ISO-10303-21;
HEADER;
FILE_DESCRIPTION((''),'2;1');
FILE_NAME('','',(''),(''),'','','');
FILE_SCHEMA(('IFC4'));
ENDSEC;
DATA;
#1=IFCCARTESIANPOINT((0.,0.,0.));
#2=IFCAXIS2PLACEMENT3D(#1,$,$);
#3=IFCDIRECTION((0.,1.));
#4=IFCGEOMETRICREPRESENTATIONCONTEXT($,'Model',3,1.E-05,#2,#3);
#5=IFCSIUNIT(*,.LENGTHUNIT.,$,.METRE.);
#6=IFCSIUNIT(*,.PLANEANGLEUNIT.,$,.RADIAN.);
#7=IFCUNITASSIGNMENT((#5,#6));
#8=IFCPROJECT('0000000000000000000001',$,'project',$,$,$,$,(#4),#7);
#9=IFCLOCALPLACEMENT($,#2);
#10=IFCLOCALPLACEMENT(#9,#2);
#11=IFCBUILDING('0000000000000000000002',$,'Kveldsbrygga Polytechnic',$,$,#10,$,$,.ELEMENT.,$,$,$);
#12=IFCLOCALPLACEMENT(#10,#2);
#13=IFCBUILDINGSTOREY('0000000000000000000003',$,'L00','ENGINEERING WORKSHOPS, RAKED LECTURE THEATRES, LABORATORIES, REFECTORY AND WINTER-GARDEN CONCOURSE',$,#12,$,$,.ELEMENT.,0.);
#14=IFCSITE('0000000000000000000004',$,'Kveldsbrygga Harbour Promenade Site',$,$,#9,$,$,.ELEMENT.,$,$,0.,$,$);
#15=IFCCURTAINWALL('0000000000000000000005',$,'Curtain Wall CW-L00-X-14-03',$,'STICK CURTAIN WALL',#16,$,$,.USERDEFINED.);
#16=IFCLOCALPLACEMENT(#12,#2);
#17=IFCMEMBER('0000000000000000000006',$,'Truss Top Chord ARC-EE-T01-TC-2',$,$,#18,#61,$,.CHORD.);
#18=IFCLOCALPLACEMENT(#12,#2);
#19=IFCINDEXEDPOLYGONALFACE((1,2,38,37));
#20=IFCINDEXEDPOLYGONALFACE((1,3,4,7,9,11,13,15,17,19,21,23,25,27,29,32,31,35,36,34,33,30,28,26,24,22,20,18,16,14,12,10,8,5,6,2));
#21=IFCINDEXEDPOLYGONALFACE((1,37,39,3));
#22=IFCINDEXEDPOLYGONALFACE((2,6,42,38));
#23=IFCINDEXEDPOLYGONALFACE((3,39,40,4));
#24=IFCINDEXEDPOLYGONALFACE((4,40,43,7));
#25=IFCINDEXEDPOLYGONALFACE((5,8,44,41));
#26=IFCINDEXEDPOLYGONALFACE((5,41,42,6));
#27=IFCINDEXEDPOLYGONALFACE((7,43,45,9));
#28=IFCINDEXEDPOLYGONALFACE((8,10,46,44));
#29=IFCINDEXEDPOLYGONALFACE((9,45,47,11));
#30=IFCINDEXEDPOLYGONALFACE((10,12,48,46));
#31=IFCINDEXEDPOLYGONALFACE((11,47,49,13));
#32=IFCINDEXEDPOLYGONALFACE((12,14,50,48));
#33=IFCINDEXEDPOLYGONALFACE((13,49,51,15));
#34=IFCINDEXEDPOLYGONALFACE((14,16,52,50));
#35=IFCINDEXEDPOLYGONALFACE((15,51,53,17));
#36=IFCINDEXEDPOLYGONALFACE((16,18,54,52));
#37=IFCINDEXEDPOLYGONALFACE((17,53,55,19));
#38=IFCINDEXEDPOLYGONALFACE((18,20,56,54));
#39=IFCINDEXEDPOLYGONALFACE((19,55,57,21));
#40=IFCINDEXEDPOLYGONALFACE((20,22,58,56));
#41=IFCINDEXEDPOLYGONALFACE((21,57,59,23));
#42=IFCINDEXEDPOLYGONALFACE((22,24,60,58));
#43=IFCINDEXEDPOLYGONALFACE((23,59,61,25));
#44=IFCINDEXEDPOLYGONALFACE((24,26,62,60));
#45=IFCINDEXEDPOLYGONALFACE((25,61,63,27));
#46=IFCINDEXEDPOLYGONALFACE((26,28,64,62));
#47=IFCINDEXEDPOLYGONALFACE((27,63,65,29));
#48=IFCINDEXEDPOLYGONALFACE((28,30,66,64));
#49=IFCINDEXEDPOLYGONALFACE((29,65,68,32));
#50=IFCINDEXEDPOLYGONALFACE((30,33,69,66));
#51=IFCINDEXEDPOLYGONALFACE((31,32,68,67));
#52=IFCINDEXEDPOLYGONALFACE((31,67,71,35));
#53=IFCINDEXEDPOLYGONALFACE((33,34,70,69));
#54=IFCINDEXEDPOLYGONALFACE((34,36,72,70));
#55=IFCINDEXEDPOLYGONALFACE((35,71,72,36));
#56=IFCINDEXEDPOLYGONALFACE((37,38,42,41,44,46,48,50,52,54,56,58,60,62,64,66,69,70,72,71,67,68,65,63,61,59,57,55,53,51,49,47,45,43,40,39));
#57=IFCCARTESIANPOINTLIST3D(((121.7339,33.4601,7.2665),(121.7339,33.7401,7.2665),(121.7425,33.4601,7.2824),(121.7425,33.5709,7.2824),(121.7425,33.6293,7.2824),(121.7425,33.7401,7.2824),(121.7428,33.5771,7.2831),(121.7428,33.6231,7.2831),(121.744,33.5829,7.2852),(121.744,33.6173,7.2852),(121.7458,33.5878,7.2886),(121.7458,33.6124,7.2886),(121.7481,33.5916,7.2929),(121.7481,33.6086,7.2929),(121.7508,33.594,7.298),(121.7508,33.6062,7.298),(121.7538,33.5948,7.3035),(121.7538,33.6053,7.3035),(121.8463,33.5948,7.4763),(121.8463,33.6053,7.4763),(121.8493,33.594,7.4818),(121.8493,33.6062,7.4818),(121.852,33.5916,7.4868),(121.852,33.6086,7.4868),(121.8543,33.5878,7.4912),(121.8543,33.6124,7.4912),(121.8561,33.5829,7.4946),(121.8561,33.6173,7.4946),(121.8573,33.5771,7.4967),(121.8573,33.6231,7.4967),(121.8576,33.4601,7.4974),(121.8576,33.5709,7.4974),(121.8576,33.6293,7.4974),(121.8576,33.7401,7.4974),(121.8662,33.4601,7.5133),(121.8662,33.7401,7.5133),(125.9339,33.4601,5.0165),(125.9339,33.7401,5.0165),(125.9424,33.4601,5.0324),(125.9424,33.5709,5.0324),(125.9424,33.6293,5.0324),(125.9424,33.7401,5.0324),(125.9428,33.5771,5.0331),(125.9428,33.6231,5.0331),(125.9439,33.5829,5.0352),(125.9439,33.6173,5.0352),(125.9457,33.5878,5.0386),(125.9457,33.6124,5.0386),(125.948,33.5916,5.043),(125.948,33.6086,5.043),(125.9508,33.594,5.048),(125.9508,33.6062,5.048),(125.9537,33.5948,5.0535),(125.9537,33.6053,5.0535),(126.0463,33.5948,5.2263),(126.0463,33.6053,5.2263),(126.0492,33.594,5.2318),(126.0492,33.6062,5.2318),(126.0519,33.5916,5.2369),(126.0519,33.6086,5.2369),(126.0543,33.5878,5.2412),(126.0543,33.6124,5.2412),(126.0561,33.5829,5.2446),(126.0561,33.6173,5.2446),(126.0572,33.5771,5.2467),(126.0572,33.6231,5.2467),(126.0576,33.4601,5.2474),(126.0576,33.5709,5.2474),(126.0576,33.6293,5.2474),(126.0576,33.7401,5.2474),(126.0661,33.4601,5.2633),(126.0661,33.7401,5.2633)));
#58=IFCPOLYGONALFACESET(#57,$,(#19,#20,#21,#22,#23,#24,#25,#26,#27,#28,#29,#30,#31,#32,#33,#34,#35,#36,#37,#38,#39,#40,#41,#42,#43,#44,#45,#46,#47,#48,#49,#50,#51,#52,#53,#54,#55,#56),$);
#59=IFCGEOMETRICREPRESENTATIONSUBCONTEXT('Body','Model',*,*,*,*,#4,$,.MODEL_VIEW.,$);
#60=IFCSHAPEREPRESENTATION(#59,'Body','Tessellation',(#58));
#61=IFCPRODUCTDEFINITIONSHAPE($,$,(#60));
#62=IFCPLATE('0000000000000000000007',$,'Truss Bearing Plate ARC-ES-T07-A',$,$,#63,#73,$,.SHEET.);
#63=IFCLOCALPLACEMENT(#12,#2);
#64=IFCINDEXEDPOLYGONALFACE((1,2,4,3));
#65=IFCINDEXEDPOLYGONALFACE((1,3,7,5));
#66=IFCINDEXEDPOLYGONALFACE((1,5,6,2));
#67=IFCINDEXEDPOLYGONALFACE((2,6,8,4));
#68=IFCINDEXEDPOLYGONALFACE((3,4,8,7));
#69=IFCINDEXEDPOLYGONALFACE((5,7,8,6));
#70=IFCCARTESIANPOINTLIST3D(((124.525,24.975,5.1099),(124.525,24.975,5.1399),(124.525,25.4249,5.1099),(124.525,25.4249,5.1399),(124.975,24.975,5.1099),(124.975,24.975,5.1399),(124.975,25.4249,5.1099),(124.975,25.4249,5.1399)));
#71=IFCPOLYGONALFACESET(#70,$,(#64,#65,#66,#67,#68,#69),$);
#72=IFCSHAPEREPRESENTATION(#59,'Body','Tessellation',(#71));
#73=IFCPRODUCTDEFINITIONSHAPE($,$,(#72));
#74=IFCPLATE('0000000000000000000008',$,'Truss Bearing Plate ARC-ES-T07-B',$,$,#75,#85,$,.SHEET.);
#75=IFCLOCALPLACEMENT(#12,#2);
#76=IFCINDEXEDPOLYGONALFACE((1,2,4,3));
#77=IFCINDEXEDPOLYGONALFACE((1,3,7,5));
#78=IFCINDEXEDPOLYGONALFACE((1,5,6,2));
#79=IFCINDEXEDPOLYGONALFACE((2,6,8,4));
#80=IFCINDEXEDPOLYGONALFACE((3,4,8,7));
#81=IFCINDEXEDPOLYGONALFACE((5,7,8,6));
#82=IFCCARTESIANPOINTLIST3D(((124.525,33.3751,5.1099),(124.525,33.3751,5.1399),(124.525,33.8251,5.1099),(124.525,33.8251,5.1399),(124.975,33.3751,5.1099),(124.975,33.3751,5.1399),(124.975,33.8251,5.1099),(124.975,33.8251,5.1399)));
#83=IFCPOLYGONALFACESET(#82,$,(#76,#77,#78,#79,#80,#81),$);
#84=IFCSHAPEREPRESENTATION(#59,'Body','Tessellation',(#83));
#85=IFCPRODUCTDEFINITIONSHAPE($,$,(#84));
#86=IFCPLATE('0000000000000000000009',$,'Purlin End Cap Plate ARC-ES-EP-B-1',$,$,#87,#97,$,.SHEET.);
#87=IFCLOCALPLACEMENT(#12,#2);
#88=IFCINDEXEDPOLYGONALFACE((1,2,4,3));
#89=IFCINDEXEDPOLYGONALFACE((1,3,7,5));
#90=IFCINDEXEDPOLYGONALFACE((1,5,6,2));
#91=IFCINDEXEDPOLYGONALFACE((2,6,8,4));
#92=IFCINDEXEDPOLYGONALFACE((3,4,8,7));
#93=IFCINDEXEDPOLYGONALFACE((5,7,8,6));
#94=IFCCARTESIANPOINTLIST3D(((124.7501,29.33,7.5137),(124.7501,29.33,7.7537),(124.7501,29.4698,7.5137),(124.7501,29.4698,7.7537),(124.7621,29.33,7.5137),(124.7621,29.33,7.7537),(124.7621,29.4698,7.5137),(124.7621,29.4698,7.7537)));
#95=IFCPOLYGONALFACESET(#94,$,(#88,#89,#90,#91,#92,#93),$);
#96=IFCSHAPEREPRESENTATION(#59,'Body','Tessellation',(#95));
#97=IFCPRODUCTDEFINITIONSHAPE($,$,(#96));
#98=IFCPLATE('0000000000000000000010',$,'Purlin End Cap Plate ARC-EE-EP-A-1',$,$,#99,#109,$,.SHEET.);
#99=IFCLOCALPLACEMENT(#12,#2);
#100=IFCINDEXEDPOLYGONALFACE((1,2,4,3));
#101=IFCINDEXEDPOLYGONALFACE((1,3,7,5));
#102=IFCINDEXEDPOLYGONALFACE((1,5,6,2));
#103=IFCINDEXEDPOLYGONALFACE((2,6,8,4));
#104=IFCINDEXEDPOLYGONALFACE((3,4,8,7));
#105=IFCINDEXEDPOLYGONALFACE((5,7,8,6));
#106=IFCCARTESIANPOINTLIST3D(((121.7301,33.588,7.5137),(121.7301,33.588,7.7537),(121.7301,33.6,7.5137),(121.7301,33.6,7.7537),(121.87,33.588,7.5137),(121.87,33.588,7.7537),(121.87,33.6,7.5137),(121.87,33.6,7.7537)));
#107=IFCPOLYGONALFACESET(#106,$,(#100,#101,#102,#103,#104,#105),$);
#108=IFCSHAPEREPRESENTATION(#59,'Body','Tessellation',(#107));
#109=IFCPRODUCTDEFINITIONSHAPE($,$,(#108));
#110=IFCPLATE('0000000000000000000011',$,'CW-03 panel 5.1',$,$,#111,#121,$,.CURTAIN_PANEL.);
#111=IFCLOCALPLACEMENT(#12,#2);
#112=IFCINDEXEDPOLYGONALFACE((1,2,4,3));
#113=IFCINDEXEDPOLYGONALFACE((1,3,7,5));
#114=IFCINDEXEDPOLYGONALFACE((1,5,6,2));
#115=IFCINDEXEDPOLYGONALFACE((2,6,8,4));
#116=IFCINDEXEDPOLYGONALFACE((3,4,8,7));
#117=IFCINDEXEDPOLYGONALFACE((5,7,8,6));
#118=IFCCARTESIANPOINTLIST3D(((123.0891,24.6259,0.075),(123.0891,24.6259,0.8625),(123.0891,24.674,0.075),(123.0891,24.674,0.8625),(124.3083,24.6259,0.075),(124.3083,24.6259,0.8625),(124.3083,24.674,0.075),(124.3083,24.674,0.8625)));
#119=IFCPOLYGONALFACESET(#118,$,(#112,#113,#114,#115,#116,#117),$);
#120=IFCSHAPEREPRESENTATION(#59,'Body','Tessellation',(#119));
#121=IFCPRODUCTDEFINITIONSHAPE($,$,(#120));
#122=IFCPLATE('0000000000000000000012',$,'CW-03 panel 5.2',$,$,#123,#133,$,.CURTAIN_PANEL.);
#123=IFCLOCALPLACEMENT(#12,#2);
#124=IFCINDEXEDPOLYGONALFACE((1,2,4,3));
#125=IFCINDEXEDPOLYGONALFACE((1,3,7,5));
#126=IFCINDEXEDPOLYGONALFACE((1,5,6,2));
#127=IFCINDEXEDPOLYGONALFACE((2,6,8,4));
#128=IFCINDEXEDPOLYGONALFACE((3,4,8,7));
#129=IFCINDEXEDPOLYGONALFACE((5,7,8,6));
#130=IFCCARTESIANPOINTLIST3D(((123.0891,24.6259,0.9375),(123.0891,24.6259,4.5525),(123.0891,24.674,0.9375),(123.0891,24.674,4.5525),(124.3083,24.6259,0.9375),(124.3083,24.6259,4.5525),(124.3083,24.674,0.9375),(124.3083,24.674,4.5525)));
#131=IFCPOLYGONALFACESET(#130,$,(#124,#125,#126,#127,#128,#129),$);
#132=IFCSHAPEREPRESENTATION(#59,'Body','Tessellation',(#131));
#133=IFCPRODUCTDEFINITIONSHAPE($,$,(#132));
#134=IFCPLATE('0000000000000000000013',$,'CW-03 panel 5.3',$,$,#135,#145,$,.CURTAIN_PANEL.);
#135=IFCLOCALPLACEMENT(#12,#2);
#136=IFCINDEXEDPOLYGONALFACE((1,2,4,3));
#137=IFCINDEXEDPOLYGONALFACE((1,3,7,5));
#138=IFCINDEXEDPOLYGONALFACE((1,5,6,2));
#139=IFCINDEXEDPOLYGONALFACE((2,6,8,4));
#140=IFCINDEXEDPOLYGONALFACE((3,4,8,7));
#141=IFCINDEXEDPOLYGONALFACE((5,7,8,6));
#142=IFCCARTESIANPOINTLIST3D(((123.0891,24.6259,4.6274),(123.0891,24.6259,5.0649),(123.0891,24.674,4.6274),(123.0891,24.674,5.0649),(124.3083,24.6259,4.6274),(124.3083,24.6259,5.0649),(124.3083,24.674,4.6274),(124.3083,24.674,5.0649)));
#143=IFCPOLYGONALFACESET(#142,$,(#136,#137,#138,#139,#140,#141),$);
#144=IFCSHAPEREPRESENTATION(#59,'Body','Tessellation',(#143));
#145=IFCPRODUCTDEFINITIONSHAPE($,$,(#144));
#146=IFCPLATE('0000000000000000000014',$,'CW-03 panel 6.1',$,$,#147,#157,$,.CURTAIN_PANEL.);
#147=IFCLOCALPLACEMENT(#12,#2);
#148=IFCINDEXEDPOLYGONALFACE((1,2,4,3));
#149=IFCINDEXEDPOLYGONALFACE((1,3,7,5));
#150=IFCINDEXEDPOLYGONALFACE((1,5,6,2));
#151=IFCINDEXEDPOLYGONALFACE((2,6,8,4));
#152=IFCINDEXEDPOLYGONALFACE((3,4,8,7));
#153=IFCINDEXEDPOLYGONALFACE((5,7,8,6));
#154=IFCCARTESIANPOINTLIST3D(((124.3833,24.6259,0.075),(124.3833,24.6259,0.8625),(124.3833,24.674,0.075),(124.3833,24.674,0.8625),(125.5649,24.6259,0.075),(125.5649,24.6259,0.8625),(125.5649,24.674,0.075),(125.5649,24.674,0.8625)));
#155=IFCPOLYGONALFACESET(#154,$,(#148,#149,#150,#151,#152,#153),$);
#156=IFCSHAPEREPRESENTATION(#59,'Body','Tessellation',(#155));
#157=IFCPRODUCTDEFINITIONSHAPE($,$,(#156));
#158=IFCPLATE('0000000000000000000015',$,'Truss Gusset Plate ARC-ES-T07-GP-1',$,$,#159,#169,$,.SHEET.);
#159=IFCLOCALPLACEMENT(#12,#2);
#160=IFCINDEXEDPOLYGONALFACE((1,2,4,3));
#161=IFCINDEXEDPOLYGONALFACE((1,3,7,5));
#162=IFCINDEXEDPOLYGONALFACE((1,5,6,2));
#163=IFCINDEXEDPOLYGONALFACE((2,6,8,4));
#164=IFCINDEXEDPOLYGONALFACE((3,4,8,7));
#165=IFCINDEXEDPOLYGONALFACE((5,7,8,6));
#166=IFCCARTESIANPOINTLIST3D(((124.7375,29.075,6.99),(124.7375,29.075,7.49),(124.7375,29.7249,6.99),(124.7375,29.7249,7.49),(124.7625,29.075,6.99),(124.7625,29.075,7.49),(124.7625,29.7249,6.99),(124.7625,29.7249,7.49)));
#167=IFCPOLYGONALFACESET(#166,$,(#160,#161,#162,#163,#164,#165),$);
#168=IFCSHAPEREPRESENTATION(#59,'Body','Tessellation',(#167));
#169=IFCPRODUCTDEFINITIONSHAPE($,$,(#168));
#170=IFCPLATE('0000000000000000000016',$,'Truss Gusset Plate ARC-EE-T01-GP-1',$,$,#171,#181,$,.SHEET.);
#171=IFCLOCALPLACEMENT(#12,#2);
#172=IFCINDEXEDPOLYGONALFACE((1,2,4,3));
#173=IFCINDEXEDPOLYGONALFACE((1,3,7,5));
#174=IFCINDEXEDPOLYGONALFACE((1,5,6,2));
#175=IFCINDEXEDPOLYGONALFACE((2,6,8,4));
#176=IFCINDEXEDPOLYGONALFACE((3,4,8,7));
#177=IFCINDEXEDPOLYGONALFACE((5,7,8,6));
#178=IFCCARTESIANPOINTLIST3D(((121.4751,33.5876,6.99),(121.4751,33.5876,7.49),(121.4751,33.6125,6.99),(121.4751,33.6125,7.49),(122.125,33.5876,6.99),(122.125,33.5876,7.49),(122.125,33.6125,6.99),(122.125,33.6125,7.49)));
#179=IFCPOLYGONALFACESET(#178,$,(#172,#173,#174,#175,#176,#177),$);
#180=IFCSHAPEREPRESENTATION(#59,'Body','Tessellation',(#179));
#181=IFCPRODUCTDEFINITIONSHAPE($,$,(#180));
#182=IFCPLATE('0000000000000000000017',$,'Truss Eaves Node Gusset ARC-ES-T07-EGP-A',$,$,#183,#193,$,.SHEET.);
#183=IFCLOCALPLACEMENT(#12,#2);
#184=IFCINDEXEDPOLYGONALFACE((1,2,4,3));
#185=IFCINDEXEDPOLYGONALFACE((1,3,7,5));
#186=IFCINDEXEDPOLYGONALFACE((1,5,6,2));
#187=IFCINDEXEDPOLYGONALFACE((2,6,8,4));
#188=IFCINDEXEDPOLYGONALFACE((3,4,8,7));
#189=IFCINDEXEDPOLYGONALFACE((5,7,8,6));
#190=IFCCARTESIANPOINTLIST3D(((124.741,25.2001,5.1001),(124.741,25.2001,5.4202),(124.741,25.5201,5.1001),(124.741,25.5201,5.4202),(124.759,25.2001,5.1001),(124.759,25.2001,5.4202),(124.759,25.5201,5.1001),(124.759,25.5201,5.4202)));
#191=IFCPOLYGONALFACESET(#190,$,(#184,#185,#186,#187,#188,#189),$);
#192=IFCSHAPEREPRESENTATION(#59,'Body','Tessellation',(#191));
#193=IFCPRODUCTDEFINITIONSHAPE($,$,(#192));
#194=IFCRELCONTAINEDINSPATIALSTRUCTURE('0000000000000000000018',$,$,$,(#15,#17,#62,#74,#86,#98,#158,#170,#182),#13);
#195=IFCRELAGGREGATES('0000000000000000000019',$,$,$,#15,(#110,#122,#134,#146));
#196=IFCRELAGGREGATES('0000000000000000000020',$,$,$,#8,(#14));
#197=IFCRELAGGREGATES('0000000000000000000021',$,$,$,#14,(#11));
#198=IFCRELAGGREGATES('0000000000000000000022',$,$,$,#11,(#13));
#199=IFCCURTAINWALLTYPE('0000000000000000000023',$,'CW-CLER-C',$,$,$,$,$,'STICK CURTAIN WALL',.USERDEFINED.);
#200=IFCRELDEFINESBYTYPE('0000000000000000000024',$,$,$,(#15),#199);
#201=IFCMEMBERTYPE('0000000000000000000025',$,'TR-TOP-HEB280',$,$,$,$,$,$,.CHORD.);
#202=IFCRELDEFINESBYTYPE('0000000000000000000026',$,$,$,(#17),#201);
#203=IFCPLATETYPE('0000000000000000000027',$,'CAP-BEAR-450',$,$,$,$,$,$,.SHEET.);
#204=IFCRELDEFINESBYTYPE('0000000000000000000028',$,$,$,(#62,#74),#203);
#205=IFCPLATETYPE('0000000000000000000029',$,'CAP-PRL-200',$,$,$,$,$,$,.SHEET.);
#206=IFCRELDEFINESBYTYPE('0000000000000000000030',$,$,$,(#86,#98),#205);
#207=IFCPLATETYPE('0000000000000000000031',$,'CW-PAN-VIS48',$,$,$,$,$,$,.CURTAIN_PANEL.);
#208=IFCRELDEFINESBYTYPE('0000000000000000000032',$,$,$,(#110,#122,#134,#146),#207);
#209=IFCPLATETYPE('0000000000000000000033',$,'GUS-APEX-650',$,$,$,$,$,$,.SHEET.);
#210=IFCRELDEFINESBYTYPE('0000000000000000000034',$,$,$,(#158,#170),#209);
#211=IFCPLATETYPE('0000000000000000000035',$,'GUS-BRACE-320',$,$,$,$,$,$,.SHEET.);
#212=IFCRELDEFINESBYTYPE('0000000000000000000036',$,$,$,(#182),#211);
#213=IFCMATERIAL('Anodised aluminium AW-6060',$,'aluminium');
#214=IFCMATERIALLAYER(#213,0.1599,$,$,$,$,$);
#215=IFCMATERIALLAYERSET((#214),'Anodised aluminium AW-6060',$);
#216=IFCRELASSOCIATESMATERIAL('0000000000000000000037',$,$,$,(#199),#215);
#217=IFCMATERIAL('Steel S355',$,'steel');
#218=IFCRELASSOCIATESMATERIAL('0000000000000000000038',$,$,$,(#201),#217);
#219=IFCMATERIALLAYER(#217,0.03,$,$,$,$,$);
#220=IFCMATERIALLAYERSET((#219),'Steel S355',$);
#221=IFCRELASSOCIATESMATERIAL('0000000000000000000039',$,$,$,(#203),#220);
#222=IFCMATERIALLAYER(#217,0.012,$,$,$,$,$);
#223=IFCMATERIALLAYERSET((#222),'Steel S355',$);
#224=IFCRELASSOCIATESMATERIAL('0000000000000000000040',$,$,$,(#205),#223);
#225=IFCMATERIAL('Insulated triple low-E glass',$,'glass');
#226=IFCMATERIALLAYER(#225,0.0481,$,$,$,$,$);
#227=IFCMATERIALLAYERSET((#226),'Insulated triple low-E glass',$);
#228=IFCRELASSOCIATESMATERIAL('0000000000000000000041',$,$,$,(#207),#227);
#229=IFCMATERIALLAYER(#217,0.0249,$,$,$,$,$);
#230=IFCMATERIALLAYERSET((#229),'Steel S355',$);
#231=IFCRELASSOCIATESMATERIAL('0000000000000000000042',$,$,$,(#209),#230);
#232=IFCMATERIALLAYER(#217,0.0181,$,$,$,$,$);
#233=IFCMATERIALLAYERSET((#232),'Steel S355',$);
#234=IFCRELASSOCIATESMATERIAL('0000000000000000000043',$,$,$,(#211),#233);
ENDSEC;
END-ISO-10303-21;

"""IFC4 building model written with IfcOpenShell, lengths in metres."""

from ifc_helpers import new_model, si_unit, direction, frame, origin, origin_2d, place, context, subcontext, project, spatial, rectangle, i_section, extrude, material, layer, layer_set, material_profile, profile_set, type_object, element, aggregate, save


model = new_model("IFC4")

# Units and contexts
model_context = context("Model", 3, precision=1e-05, world=origin(), true_north=direction((0.0, 1.0)))
body_context = subcontext(model_context, "Body", "Model", "MODEL_VIEW")
ifc_project = project(units=[si_unit("LENGTHUNIT", "METRE"), si_unit("PLANEANGLEUNIT", "RADIAN")], contexts=[model_context])

# Site, building, storey
site_placement = place(None, origin())
site = spatial("IfcSite", under=ifc_project, at=site_placement, Name="Kveldsbrygga Harbour Promenade Site", CompositionType="ELEMENT", RefElevation=0.0)
building_placement = place(site_placement, origin())
building = spatial("IfcBuilding", under=site, at=building_placement, Name="Kveldsbrygga Polytechnic", CompositionType="ELEMENT")
storey_placement = place(building_placement, origin())
storey = spatial("IfcBuildingStorey", under=building, at=storey_placement, Name="L00", Description="ENGINEERING WORKSHOPS, RAKED LECTURE THEATRES, LABORATORIES, REFECTORY AND WINTER-GARDEN CONCOURSE", CompositionType="ELEMENT", Elevation=0.0)

# Curtain wall
ifc_material_1 = material(Name="Anodised aluminium AW-6060", Category="aluminium")
ifc_layer_1 = layer(ifc_material_1, 0.1599)
ifc_layer_set_1 = layer_set([ifc_layer_1], Name="Anodised aluminium AW-6060")
curtain_wall_type = type_object("IfcCurtainWallType", Name="CW-CLER-C", ElementType="STICK CURTAIN WALL", PredefinedType="USERDEFINED", material=ifc_layer_set_1)
curtain_wall_placement = place(storey_placement, origin())
curtain_wall = element("IfcCurtainWall", 1, at=curtain_wall_placement, inside=storey, type_object=curtain_wall_type, Name="Curtain Wall CW-L00-X-14-03", ObjectType="STICK CURTAIN WALL", PredefinedType="USERDEFINED")

# Member
ifc_material_2 = material(Name="Steel S355", Category="steel")
ifc_material_profile_1 = material_profile(ifc_material_2, i_section(OverallWidth=0.28, OverallDepth=0.28, WebThickness=0.0105, FlangeThickness=0.0181, FilletRadius=0.0239, at=origin_2d()), Name="HEB 280")
ifc_profile_set_1 = profile_set([ifc_material_profile_1], Name="Steel S355")
member_type_1 = type_object("IfcMemberType", Name="TR-TOP-HEB280", PredefinedType="CHORD", material=ifc_profile_set_1)
member_1_placement = place(storey_placement, frame((121.8, 33.6001, 7.3899), z_axis=(0.881478, 0.0, -0.472226), x_axis=(0.0, 1.0, 0.0)))
element("IfcMember", 2, at=member_1_placement, inside=storey, type_object=member_type_1, Name="Truss Top Chord ARC-EE-T01-TC-2", PredefinedType="CHORD", context=body_context, shape_type="SweptSolid", body=[
    extrude(i_section(OverallWidth=0.28, OverallDepth=0.28, WebThickness=0.0105, FlangeThickness=0.0181, FilletRadius=0.0239, at=origin_2d()), origin(), (0.0, 0.0, 1.0), 4.7646),
])

# Plates
ifc_layer_2 = layer(ifc_material_2, 0.03)
ifc_layer_set_2 = layer_set([ifc_layer_2], Name="Steel S355")
plate_type_1 = type_object("IfcPlateType", Name="CAP-BEAR-450", PredefinedType="SHEET", material=ifc_layer_set_2)
for number, where, z_axis, x_axis, name in (
    (3, (124.75, 25.2, 5.1099), (0.0, 0.0, 1.0), (1.0, 0.0, 0.0), "Truss Bearing Plate ARC-ES-T07-A"),
    (4, (124.75, 33.6001, 5.1099), (0.0, 0.0, 1.0), (1.0, 0.0, 0.0), "Truss Bearing Plate ARC-ES-T07-B"),
):
    element("IfcPlate", number, at=place(storey_placement, frame(where, z_axis=z_axis, x_axis=x_axis)), inside=storey, type_object=plate_type_1, Name=name, PredefinedType="SHEET", context=body_context, shape_type="SweptSolid", body=[
        extrude(rectangle(XDim=0.45, YDim=0.45, at=origin_2d()), origin(), (0.0, 0.0, 1.0), 0.03),
    ])
ifc_layer_3 = layer(ifc_material_2, 0.012)
ifc_layer_set_3 = layer_set([ifc_layer_3], Name="Steel S355")
plate_type_2 = type_object("IfcPlateType", Name="CAP-PRL-200", PredefinedType="SHEET", material=ifc_layer_set_3)
plate_1_placement = place(storey_placement, frame((124.7561, 29.3999, 7.5137), z_axis=(0.0, 0.0, 1.0), x_axis=(1.0, 0.0, 0.0)))
element("IfcPlate", 5, at=plate_1_placement, inside=storey, type_object=plate_type_2, Name="Purlin End Cap Plate ARC-ES-EP-B-1", PredefinedType="SHEET", context=body_context, shape_type="SweptSolid", body=[
    extrude(rectangle(XDim=0.012, YDim=0.1399, at=origin_2d()), origin(), (0.0, 0.0, 1.0), 0.24),
])
plate_2_placement = place(storey_placement, frame((121.8, 33.594, 7.5137), z_axis=(0.0, 0.0, 1.0), x_axis=(1.0, 0.0, 0.0)))
element("IfcPlate", 6, at=plate_2_placement, inside=storey, type_object=plate_type_2, Name="Purlin End Cap Plate ARC-EE-EP-A-1", PredefinedType="SHEET", context=body_context, shape_type="SweptSolid", body=[
    extrude(rectangle(XDim=0.1399, YDim=0.012, at=origin_2d()), origin(), (0.0, 0.0, 1.0), 0.24),
])

# Plates
ifc_material_3 = material(Name="Insulated triple low-E glass", Category="glass")
ifc_layer_4 = layer(ifc_material_3, 0.0481)
ifc_layer_set_4 = layer_set([ifc_layer_4], Name="Insulated triple low-E glass")
plate_type_3 = type_object("IfcPlateType", Name="CW-PAN-VIS48", PredefinedType="CURTAIN_PANEL", material=ifc_layer_set_4)
plate_3_placement = place(storey_placement, frame((123.6987, 24.6499, 0.075), z_axis=(0.0, 0.0, 1.0), x_axis=(1.0, 0.0, 0.0)))
plate_3 = element("IfcPlate", 7, at=plate_3_placement, type_object=plate_type_3, Name="CW-03 panel 5.1", PredefinedType="CURTAIN_PANEL", context=body_context, shape_type="SweptSolid", body=[
    extrude(rectangle(XDim=1.2192, YDim=0.0481, at=origin_2d()), origin(), (0.0, 0.0, 1.0), 0.7876),
])
plate_4_placement = place(storey_placement, frame((123.6987, 24.6499, 0.9375), z_axis=(0.0, 0.0, 1.0), x_axis=(1.0, 0.0, 0.0)))
plate_4 = element("IfcPlate", 8, at=plate_4_placement, type_object=plate_type_3, Name="CW-03 panel 5.2", PredefinedType="CURTAIN_PANEL", context=body_context, shape_type="SweptSolid", body=[
    extrude(rectangle(XDim=1.2192, YDim=0.0481, at=origin_2d()), origin(), (0.0, 0.0, 1.0), 3.615),
])
plate_5_placement = place(storey_placement, frame((123.6987, 24.6499, 4.6274), z_axis=(0.0, 0.0, 1.0), x_axis=(1.0, 0.0, 0.0)))
plate_5 = element("IfcPlate", 9, at=plate_5_placement, type_object=plate_type_3, Name="CW-03 panel 5.3", PredefinedType="CURTAIN_PANEL", context=body_context, shape_type="SweptSolid", body=[
    extrude(rectangle(XDim=1.2192, YDim=0.0481, at=origin_2d()), origin(), (0.0, 0.0, 1.0), 0.4375),
])
plate_6_placement = place(storey_placement, frame((124.9741, 24.6499, 0.075), z_axis=(0.0, 0.0, 1.0), x_axis=(1.0, 0.0, 0.0)))
plate_6 = element("IfcPlate", 10, at=plate_6_placement, type_object=plate_type_3, Name="CW-03 panel 6.1", PredefinedType="CURTAIN_PANEL", context=body_context, shape_type="SweptSolid", body=[
    extrude(rectangle(XDim=1.1816, YDim=0.0481, at=origin_2d()), origin(), (0.0, 0.0, 1.0), 0.7876),
])
aggregate(curtain_wall, [plate_3, plate_4, plate_5, plate_6])

# Plates
ifc_layer_5 = layer(ifc_material_2, 0.0249)
ifc_layer_set_5 = layer_set([ifc_layer_5], Name="Steel S355")
plate_type_4 = type_object("IfcPlateType", Name="GUS-APEX-650", PredefinedType="SHEET", material=ifc_layer_set_5)
plate_7_placement = place(storey_placement, frame((124.75, 29.3999, 6.99), z_axis=(0.0, 0.0, 1.0), x_axis=(1.0, 0.0, 0.0)))
element("IfcPlate", 11, at=plate_7_placement, inside=storey, type_object=plate_type_4, Name="Truss Gusset Plate ARC-ES-T07-GP-1", PredefinedType="SHEET", context=body_context, shape_type="SweptSolid", body=[
    extrude(rectangle(XDim=0.0249, YDim=0.6499, at=origin_2d()), origin(), (0.0, 0.0, 1.0), 0.5),
])
plate_8_placement = place(storey_placement, frame((121.8, 33.6001, 6.99), z_axis=(0.0, 0.0, 1.0), x_axis=(1.0, 0.0, 0.0)))
element("IfcPlate", 12, at=plate_8_placement, inside=storey, type_object=plate_type_4, Name="Truss Gusset Plate ARC-EE-T01-GP-1", PredefinedType="SHEET", context=body_context, shape_type="SweptSolid", body=[
    extrude(rectangle(XDim=0.6499, YDim=0.0249, at=origin_2d()), origin(), (0.0, 0.0, 1.0), 0.5),
])
ifc_layer_6 = layer(ifc_material_2, 0.0181)
ifc_layer_set_6 = layer_set([ifc_layer_6], Name="Steel S355")
plate_type_5 = type_object("IfcPlateType", Name="GUS-BRACE-320", PredefinedType="SHEET", material=ifc_layer_set_6)
for number, where, z_axis, x_axis, name in (
    (13, (124.75, 25.3601, 5.1001), (0.0, 0.0, 1.0), (1.0, 0.0, 0.0), "Truss Eaves Node Gusset ARC-ES-T07-EGP-A"),
):
    element("IfcPlate", number, at=place(storey_placement, frame(where, z_axis=z_axis, x_axis=x_axis)), inside=storey, type_object=plate_type_5, Name=name, PredefinedType="SHEET", context=body_context, shape_type="SweptSolid", body=[
        extrude(rectangle(XDim=0.0181, YDim=0.3201, at=origin_2d()), origin(), (0.0, 0.0, 1.0), 0.3201),
    ])

save(model, "model.ifc")
